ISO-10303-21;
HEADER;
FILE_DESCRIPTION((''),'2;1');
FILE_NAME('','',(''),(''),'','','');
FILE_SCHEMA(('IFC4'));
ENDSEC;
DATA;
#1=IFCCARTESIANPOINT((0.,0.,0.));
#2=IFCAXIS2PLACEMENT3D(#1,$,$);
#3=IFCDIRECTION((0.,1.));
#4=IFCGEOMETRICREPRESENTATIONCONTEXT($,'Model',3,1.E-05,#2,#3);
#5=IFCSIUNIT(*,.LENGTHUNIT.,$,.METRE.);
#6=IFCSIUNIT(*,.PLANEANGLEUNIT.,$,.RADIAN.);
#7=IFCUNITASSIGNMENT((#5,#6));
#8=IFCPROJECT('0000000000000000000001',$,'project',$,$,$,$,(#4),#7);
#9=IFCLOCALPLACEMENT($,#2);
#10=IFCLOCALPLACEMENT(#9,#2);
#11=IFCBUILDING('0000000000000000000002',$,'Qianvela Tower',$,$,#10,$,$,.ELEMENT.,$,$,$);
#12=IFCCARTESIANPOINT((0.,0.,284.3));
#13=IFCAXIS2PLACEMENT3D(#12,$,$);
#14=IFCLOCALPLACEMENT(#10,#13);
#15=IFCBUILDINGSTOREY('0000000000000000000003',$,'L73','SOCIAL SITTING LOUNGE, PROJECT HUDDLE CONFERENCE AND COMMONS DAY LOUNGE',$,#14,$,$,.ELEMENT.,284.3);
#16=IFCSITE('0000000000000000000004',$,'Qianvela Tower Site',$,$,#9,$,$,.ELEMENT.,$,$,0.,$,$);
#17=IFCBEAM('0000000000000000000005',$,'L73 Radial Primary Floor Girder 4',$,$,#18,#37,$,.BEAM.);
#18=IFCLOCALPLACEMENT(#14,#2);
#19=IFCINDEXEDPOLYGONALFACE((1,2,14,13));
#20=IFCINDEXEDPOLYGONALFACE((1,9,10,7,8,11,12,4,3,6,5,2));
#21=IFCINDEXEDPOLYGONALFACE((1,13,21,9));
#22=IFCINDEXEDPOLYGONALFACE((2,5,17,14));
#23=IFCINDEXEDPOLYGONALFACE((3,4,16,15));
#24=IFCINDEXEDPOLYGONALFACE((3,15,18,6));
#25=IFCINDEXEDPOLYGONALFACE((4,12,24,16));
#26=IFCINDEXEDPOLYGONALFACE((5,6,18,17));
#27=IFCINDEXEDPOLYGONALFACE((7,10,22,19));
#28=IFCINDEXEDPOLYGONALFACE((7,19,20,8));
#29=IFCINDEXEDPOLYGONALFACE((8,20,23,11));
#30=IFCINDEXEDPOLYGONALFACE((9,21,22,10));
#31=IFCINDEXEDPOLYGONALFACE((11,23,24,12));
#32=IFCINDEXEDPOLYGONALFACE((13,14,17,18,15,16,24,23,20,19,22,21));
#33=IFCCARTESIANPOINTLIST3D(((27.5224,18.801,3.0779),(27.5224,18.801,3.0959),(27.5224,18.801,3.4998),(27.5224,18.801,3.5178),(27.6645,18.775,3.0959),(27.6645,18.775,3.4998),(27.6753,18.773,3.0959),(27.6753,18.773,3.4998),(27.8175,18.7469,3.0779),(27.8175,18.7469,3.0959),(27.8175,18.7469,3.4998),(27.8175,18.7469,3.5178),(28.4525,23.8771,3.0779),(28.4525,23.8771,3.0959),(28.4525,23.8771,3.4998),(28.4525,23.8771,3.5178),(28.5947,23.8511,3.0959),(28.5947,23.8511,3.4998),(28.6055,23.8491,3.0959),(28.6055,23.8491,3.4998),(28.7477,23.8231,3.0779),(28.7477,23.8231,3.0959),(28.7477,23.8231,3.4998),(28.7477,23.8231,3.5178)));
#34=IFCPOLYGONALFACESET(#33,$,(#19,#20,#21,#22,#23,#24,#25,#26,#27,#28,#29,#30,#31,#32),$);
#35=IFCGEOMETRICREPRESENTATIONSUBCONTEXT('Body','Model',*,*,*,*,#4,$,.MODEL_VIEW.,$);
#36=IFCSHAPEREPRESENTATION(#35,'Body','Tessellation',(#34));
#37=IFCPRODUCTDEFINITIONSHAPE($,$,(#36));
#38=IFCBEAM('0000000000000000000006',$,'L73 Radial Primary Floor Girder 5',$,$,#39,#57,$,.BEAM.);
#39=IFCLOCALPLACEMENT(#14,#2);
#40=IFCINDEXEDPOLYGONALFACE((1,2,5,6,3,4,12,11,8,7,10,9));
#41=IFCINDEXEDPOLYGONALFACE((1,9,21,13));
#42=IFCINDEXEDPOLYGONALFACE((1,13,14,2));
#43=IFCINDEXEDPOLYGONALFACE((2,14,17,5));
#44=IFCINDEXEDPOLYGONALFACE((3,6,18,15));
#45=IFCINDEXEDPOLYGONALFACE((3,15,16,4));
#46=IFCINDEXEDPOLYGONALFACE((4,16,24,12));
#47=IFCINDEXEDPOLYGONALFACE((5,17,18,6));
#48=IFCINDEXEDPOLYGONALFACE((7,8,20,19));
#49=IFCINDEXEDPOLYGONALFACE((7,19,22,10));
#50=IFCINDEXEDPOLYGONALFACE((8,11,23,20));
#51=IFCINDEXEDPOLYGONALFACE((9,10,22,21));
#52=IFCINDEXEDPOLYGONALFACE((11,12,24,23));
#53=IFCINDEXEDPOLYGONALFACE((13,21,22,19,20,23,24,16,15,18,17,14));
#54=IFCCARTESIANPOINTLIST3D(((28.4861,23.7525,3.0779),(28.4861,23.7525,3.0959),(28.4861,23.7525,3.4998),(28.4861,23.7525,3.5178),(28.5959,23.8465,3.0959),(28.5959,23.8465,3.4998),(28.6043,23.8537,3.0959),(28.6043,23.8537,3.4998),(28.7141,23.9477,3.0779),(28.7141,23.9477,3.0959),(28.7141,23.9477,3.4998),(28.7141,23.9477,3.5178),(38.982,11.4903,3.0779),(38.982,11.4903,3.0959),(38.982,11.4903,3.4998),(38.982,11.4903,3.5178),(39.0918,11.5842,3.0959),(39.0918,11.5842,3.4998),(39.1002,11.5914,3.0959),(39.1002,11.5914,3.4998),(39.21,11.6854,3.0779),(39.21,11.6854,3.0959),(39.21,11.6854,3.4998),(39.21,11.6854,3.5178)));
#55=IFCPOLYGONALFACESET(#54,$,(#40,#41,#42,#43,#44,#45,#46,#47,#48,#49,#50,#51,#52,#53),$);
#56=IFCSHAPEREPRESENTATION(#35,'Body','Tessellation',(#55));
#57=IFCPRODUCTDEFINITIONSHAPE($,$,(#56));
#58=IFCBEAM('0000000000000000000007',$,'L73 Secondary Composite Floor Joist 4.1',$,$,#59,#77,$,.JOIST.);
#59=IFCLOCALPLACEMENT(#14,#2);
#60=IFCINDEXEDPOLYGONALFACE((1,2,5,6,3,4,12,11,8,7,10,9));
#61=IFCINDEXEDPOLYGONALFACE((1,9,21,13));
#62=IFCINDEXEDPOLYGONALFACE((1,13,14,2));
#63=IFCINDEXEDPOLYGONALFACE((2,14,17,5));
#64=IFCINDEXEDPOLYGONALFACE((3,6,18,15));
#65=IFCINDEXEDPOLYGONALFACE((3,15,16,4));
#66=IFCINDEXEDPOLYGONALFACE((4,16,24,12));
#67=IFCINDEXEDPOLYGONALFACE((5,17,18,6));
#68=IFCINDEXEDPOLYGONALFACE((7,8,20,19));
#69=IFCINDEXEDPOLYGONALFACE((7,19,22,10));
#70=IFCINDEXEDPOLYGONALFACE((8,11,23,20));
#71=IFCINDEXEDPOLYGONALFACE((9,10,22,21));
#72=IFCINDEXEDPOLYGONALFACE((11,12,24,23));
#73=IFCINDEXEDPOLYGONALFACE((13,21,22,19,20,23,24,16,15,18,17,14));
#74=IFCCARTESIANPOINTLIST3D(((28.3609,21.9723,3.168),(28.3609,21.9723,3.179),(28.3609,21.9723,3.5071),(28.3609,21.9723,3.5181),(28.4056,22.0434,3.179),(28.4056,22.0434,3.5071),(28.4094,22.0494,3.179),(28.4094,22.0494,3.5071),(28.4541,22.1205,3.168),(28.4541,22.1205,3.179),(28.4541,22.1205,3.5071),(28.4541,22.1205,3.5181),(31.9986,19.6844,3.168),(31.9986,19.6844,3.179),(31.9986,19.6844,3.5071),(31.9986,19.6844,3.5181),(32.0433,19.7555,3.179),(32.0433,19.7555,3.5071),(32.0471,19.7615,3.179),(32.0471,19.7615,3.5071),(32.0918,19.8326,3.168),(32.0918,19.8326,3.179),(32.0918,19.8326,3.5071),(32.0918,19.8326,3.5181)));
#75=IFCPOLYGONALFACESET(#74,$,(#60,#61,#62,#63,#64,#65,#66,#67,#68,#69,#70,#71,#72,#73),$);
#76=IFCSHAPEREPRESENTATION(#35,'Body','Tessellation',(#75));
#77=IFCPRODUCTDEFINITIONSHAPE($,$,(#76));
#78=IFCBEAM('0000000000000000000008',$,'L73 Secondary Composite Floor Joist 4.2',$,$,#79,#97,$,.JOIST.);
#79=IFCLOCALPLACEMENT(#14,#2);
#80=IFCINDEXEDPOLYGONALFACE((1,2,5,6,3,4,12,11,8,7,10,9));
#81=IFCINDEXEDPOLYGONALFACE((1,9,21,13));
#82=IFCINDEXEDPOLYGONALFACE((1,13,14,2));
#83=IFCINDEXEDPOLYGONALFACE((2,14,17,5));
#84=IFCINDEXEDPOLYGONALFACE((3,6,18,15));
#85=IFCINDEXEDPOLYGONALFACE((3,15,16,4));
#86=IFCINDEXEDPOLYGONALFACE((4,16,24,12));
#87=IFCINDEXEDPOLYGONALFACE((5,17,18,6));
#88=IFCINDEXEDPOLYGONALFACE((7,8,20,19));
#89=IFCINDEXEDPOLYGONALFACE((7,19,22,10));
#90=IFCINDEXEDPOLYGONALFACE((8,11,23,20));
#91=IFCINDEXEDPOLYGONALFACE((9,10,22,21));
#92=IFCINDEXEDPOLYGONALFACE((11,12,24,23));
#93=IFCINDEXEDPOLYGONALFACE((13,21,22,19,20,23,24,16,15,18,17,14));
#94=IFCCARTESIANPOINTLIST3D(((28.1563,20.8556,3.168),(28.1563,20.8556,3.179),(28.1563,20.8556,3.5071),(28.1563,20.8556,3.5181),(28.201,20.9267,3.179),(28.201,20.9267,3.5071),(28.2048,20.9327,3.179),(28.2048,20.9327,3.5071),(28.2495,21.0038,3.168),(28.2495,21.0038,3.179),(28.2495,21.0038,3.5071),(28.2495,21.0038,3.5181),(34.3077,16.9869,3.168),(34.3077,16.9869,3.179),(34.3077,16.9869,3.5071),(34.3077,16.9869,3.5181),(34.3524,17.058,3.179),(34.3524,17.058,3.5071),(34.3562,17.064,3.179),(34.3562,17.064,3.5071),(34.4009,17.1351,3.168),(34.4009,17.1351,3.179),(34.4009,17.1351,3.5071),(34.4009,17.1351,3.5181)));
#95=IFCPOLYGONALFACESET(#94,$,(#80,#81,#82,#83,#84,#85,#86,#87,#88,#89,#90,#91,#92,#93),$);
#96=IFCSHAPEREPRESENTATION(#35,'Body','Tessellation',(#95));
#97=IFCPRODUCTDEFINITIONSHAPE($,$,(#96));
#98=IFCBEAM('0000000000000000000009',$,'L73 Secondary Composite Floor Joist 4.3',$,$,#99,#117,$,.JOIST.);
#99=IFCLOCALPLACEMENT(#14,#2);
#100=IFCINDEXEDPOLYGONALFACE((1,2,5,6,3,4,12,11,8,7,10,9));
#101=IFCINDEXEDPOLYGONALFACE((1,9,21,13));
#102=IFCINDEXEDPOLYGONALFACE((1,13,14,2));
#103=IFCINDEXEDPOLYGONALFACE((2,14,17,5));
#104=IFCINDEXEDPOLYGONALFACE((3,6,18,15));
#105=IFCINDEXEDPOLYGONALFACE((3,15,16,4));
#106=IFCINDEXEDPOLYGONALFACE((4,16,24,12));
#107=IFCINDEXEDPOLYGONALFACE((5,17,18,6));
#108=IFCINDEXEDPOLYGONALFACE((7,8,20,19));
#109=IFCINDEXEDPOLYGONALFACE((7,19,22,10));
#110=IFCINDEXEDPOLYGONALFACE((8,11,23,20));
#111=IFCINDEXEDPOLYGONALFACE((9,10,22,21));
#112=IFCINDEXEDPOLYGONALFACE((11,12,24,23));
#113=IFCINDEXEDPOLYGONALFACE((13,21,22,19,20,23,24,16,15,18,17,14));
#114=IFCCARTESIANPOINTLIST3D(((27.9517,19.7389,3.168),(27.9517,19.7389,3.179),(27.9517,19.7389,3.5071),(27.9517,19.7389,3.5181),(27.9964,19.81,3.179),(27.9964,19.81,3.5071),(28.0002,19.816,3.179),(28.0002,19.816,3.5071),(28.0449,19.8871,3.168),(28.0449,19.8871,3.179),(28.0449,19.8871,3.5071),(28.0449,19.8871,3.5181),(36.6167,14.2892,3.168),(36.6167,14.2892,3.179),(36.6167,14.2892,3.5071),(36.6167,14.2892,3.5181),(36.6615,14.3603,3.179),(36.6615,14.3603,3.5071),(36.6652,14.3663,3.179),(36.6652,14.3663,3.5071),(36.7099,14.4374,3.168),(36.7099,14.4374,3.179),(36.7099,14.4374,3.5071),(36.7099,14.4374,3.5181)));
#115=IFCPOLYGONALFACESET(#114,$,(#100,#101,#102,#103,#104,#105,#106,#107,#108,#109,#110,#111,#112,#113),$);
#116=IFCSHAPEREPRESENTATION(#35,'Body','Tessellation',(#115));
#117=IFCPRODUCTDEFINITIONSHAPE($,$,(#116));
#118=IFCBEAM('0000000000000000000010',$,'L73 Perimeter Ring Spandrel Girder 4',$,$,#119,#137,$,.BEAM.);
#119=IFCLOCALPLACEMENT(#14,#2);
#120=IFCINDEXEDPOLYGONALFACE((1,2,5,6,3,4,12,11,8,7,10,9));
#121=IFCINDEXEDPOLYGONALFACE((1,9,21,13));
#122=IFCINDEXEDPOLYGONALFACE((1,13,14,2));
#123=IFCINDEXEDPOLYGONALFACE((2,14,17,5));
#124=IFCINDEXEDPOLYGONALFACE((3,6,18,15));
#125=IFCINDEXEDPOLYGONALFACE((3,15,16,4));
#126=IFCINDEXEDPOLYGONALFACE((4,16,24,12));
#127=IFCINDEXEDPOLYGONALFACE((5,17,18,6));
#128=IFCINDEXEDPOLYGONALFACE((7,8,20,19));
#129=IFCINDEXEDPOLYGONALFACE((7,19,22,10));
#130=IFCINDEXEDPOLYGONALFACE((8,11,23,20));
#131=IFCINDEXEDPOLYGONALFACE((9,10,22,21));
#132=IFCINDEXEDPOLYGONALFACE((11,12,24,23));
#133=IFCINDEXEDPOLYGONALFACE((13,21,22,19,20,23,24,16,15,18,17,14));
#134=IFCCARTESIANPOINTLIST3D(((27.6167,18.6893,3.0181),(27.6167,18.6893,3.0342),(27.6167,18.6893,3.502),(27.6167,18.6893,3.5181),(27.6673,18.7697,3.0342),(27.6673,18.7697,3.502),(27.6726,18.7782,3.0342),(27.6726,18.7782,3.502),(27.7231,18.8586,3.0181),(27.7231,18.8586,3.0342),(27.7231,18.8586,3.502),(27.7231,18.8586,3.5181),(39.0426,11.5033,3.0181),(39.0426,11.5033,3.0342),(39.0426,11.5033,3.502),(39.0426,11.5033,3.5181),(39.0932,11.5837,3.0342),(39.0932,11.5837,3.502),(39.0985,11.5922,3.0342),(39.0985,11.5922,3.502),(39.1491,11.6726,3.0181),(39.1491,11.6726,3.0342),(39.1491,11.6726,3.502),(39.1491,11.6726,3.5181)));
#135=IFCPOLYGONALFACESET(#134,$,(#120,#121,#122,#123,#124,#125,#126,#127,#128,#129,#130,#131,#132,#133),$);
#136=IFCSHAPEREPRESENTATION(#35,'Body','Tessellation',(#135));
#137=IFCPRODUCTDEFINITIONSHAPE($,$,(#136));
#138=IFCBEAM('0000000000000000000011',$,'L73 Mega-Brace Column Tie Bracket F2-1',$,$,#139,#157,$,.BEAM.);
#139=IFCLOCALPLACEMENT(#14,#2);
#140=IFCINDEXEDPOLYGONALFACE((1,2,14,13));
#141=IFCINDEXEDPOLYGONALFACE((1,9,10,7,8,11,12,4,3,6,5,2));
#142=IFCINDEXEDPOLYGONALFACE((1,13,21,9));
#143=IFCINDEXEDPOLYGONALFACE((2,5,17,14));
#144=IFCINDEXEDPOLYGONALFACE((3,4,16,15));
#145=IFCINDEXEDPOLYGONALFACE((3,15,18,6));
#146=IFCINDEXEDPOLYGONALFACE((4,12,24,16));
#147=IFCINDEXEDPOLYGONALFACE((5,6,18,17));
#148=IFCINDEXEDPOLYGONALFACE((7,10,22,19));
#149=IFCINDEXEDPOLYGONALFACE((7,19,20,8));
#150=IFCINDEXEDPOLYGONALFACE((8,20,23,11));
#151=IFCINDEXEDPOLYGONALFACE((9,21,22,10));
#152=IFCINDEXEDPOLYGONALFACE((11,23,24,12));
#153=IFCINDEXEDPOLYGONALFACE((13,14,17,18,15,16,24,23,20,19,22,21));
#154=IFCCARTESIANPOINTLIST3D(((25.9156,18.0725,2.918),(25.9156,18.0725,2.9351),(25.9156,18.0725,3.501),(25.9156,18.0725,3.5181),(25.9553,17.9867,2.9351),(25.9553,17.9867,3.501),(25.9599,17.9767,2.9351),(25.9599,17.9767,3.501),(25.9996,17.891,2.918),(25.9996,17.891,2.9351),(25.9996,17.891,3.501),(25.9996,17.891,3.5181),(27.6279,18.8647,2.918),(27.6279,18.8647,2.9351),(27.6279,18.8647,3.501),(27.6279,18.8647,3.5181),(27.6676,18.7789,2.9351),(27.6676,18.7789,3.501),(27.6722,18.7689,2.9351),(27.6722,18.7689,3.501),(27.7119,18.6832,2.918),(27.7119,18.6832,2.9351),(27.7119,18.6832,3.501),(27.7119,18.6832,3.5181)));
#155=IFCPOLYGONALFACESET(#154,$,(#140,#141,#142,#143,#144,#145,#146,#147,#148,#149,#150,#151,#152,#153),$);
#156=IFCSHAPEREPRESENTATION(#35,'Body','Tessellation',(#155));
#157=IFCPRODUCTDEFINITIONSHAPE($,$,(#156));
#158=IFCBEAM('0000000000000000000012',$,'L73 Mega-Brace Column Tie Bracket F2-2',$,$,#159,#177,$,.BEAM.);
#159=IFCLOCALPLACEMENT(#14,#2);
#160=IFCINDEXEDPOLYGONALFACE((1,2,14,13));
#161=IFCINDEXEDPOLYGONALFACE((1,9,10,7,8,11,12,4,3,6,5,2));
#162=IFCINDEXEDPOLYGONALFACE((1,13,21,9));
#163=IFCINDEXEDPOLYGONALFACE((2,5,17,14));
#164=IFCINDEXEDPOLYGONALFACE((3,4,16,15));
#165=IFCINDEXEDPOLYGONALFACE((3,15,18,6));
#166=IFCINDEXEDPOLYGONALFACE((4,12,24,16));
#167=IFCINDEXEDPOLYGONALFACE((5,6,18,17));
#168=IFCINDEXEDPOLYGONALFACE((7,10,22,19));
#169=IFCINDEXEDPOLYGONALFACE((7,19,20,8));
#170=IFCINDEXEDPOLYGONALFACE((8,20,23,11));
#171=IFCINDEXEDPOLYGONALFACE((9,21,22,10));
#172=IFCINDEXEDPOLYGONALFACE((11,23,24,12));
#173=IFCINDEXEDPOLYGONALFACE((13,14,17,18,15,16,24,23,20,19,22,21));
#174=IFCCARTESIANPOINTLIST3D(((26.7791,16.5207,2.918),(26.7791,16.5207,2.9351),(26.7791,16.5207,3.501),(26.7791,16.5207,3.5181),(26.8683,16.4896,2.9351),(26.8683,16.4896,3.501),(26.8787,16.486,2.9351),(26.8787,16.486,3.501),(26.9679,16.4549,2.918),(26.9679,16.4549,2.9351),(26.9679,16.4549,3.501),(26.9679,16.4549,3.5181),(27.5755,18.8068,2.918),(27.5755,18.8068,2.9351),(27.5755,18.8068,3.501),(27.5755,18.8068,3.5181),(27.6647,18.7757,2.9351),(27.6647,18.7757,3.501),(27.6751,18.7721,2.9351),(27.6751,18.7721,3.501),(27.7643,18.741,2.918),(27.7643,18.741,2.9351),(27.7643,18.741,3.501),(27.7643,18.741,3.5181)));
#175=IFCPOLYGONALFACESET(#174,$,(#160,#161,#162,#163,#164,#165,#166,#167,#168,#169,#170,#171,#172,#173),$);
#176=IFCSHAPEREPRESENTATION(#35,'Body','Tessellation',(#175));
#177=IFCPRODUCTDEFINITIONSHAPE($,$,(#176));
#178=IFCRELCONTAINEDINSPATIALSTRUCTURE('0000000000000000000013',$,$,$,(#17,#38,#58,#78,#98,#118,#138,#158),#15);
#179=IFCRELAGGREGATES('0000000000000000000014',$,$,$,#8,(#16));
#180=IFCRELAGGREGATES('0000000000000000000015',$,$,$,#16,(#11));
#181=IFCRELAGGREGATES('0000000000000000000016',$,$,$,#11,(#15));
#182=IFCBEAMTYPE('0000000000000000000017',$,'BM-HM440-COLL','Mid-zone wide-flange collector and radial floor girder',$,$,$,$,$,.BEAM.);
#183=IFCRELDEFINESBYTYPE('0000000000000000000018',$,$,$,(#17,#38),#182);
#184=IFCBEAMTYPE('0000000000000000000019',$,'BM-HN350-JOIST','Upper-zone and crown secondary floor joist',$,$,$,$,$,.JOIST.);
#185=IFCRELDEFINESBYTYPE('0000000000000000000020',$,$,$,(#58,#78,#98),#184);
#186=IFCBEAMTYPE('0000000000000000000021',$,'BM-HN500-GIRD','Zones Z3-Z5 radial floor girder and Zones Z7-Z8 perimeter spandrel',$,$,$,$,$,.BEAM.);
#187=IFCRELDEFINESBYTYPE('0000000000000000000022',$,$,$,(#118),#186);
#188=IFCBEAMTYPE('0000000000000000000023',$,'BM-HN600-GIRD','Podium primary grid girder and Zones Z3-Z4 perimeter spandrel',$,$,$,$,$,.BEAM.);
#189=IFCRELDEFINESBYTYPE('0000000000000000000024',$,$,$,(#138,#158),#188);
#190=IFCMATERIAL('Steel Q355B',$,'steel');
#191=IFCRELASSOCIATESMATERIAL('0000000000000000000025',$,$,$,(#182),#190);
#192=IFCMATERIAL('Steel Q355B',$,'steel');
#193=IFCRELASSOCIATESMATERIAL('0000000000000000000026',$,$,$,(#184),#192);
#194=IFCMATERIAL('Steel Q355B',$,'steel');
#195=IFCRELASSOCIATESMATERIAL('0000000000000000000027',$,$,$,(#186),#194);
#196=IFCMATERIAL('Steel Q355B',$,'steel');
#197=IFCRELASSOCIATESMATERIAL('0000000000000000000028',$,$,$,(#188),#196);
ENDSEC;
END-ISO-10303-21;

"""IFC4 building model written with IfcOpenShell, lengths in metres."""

from ifc_helpers import new_model, si_unit, direction, frame, origin, origin_2d, place, context, subcontext, project, spatial, i_section, extrude, material, material_profile, profile_set, type_object, element, save


model = new_model("IFC4")

# Units and contexts
model_context = context("Model", 3, precision=1e-05, world=origin(), true_north=direction((0.0, 1.0)))
body_context = subcontext(model_context, "Body", "Model", "MODEL_VIEW")
ifc_project = project(units=[si_unit("LENGTHUNIT", "METRE"), si_unit("PLANEANGLEUNIT", "RADIAN")], contexts=[model_context])

# Site, building, storey
site_placement = place(None, origin())
site = spatial("IfcSite", under=ifc_project, at=site_placement, Name="Qianvela Tower Site", CompositionType="ELEMENT", RefElevation=0.0)
building_placement = place(site_placement, origin())
building = spatial("IfcBuilding", under=site, at=building_placement, Name="Qianvela Tower", CompositionType="ELEMENT")
storey_placement = place(building_placement, frame((0.0, 0.0, 284.3)))
storey = spatial("IfcBuildingStorey", under=building, at=storey_placement, Name="L73", Description="SOCIAL SITTING LOUNGE, PROJECT HUDDLE CONFERENCE AND COMMONS DAY LOUNGE", CompositionType="ELEMENT", Elevation=284.3)

# Beams
ifc_material_1 = material(Name="Steel Q355B", Category="steel")
ifc_material_profile_1 = material_profile(ifc_material_1, i_section(OverallWidth=0.3, OverallDepth=0.4399, WebThickness=0.011, FlangeThickness=0.0181, at=origin_2d()), Name="HM440x300x11x18")
ifc_profile_set_1 = profile_set([ifc_material_profile_1], Name="Steel Q355B")
beam_type_1 = type_object("IfcBeamType", Name="BM-HM440-COLL", Description="Mid-zone wide-flange collector and radial floor girder", PredefinedType="BEAM", material=ifc_profile_set_1)
beam_1_placement = place(storey_placement, frame((28.6001, 23.8501, 3.2979), z_axis=(-0.180242, -0.983622, 0.0), x_axis=(0.983622, -0.180242, 0.0)))
element("IfcBeam", 1, at=beam_1_placement, inside=storey, type_object=beam_type_1, Name="L73 Radial Primary Floor Girder 4", PredefinedType="BEAM", context=body_context, shape_type="SweptSolid", body=[
    extrude(i_section(OverallWidth=0.3, OverallDepth=0.4399, WebThickness=0.011, FlangeThickness=0.0181, at=origin_2d()), origin(), (0.0, 0.0, 1.0), 5.1606),
])
beam_2_placement = place(storey_placement, frame((28.6001, 23.8501, 3.2979), z_axis=(0.650269, -0.759704, 0.0), x_axis=(0.759704, 0.650269, 0.0)))
element("IfcBeam", 2, at=beam_2_placement, inside=storey, type_object=beam_type_1, Name="L73 Radial Primary Floor Girder 5", PredefinedType="BEAM", context=body_context, shape_type="SweptSolid", body=[
    extrude(i_section(OverallWidth=0.3, OverallDepth=0.4399, WebThickness=0.011, FlangeThickness=0.0181, at=origin_2d()), origin(), (0.0, 0.0, 1.0), 16.1409),
])
ifc_material_2 = material(Name="Steel Q355B", Category="steel")
ifc_material_profile_2 = material_profile(ifc_material_2, i_section(OverallWidth=0.175, OverallDepth=0.3501, WebThickness=0.0071, FlangeThickness=0.011, at=origin_2d()), Name="HN350x175x7x11")
ifc_profile_set_2 = profile_set([ifc_material_profile_2], Name="Steel Q355B")
beam_type_2 = type_object("IfcBeamType", Name="BM-HN350-JOIST", Description="Upper-zone and crown secondary floor joist", PredefinedType="JOIST", material=ifc_profile_set_2)
beam_3_placement = place(storey_placement, frame((28.4075, 22.0464, 3.343), z_axis=(0.846501, -0.532387, 0.0), x_axis=(0.532387, 0.846501, 0.0)))
element("IfcBeam", 3, at=beam_3_placement, inside=storey, type_object=beam_type_2, Name="L73 Secondary Composite Floor Joist 4.1", PredefinedType="JOIST", context=body_context, shape_type="SweptSolid", body=[
    extrude(i_section(OverallWidth=0.175, OverallDepth=0.3501, WebThickness=0.0071, FlangeThickness=0.011, at=origin_2d()), origin(), (0.0, 0.0, 1.0), 4.2974),
])
beam_4_placement = place(storey_placement, frame((28.2029, 20.9297, 3.343), z_axis=(0.846508, -0.532377, 0.0), x_axis=(0.532377, 0.846508, 0.0)))
element("IfcBeam", 4, at=beam_4_placement, inside=storey, type_object=beam_type_2, Name="L73 Secondary Composite Floor Joist 4.2", PredefinedType="JOIST", context=body_context, shape_type="SweptSolid", body=[
    extrude(i_section(OverallWidth=0.175, OverallDepth=0.3501, WebThickness=0.0071, FlangeThickness=0.011, at=origin_2d()), origin(), (0.0, 0.0, 1.0), 7.2668),
])
beam_5_placement = place(storey_placement, frame((27.9983, 19.813, 3.343), z_axis=(0.8465, -0.532389, 0.0), x_axis=(0.532389, 0.8465, 0.0)))
element("IfcBeam", 5, at=beam_5_placement, inside=storey, type_object=beam_type_2, Name="L73 Secondary Composite Floor Joist 4.3", PredefinedType="JOIST", context=body_context, shape_type="SweptSolid", body=[
    extrude(i_section(OverallWidth=0.175, OverallDepth=0.3501, WebThickness=0.0071, FlangeThickness=0.011, at=origin_2d()), origin(), (0.0, 0.0, 1.0), 10.2363),
])
ifc_material_3 = material(Name="Steel Q355B", Category="steel")
ifc_material_profile_3 = material_profile(ifc_material_3, i_section(OverallWidth=0.2, OverallDepth=0.5, WebThickness=0.01, FlangeThickness=0.0161, at=origin_2d()), Name="HN500x200x10x16")
ifc_profile_set_3 = profile_set([ifc_material_profile_3], Name="Steel Q355B")
beam_type_3 = type_object("IfcBeamType", Name="BM-HN500-GIRD", Description="Zones Z3-Z5 radial floor girder and Zones Z7-Z8 perimeter spandrel", PredefinedType="BEAM", material=ifc_profile_set_3)
beam_6_placement = place(storey_placement, frame((27.6699, 18.7739, 3.2681), z_axis=(0.846504, -0.532382, 0.0), x_axis=(0.532382, 0.846504, 0.0)))
element("IfcBeam", 6, at=beam_6_placement, inside=storey, type_object=beam_type_3, Name="L73 Perimeter Ring Spandrel Girder 4", PredefinedType="BEAM", context=body_context, shape_type="SweptSolid", body=[
    extrude(i_section(OverallWidth=0.2, OverallDepth=0.5, WebThickness=0.01, FlangeThickness=0.0161, at=origin_2d()), origin(), (0.0, 0.0, 1.0), 13.4978),
])
ifc_material_4 = material(Name="Steel Q355B", Category="steel")
ifc_material_profile_4 = material_profile(ifc_material_4, i_section(OverallWidth=0.2, OverallDepth=0.6001, WebThickness=0.011, FlangeThickness=0.0171, at=origin_2d()), Name="HN600x200x11x17")
ifc_profile_set_4 = profile_set([ifc_material_profile_4], Name="Steel Q355B")
beam_type_4 = type_object("IfcBeamType", Name="BM-HN600-GIRD", Description="Podium primary grid girder and Zones Z3-Z4 perimeter spandrel", PredefinedType="BEAM", material=ifc_profile_set_4)
beam_7_placement = place(storey_placement, frame((27.6699, 18.7739, 3.218), z_axis=(-0.907577, -0.419887, 0.0), x_axis=(0.419887, -0.907577, 0.0)))
element("IfcBeam", 7, at=beam_7_placement, inside=storey, type_object=beam_type_4, Name="L73 Mega-Brace Column Tie Bracket F2-1", PredefinedType="BEAM", context=body_context, shape_type="SweptSolid", body=[
    extrude(i_section(OverallWidth=0.2, OverallDepth=0.6001, WebThickness=0.011, FlangeThickness=0.0171, at=origin_2d()), origin(), (0.0, 0.0, 1.0), 1.8867),
])
beam_8_placement = place(storey_placement, frame((27.6699, 18.7739, 3.218), z_axis=(-0.328966, -0.944342, 0.0), x_axis=(0.944342, -0.328966, 0.0)))
element("IfcBeam", 8, at=beam_8_placement, inside=storey, type_object=beam_type_4, Name="L73 Mega-Brace Column Tie Bracket F2-2", PredefinedType="BEAM", context=body_context, shape_type="SweptSolid", body=[
    extrude(i_section(OverallWidth=0.2, OverallDepth=0.6001, WebThickness=0.011, FlangeThickness=0.0171, at=origin_2d()), origin(), (0.0, 0.0, 1.0), 2.4209),
])

save(model, "model.ifc")
